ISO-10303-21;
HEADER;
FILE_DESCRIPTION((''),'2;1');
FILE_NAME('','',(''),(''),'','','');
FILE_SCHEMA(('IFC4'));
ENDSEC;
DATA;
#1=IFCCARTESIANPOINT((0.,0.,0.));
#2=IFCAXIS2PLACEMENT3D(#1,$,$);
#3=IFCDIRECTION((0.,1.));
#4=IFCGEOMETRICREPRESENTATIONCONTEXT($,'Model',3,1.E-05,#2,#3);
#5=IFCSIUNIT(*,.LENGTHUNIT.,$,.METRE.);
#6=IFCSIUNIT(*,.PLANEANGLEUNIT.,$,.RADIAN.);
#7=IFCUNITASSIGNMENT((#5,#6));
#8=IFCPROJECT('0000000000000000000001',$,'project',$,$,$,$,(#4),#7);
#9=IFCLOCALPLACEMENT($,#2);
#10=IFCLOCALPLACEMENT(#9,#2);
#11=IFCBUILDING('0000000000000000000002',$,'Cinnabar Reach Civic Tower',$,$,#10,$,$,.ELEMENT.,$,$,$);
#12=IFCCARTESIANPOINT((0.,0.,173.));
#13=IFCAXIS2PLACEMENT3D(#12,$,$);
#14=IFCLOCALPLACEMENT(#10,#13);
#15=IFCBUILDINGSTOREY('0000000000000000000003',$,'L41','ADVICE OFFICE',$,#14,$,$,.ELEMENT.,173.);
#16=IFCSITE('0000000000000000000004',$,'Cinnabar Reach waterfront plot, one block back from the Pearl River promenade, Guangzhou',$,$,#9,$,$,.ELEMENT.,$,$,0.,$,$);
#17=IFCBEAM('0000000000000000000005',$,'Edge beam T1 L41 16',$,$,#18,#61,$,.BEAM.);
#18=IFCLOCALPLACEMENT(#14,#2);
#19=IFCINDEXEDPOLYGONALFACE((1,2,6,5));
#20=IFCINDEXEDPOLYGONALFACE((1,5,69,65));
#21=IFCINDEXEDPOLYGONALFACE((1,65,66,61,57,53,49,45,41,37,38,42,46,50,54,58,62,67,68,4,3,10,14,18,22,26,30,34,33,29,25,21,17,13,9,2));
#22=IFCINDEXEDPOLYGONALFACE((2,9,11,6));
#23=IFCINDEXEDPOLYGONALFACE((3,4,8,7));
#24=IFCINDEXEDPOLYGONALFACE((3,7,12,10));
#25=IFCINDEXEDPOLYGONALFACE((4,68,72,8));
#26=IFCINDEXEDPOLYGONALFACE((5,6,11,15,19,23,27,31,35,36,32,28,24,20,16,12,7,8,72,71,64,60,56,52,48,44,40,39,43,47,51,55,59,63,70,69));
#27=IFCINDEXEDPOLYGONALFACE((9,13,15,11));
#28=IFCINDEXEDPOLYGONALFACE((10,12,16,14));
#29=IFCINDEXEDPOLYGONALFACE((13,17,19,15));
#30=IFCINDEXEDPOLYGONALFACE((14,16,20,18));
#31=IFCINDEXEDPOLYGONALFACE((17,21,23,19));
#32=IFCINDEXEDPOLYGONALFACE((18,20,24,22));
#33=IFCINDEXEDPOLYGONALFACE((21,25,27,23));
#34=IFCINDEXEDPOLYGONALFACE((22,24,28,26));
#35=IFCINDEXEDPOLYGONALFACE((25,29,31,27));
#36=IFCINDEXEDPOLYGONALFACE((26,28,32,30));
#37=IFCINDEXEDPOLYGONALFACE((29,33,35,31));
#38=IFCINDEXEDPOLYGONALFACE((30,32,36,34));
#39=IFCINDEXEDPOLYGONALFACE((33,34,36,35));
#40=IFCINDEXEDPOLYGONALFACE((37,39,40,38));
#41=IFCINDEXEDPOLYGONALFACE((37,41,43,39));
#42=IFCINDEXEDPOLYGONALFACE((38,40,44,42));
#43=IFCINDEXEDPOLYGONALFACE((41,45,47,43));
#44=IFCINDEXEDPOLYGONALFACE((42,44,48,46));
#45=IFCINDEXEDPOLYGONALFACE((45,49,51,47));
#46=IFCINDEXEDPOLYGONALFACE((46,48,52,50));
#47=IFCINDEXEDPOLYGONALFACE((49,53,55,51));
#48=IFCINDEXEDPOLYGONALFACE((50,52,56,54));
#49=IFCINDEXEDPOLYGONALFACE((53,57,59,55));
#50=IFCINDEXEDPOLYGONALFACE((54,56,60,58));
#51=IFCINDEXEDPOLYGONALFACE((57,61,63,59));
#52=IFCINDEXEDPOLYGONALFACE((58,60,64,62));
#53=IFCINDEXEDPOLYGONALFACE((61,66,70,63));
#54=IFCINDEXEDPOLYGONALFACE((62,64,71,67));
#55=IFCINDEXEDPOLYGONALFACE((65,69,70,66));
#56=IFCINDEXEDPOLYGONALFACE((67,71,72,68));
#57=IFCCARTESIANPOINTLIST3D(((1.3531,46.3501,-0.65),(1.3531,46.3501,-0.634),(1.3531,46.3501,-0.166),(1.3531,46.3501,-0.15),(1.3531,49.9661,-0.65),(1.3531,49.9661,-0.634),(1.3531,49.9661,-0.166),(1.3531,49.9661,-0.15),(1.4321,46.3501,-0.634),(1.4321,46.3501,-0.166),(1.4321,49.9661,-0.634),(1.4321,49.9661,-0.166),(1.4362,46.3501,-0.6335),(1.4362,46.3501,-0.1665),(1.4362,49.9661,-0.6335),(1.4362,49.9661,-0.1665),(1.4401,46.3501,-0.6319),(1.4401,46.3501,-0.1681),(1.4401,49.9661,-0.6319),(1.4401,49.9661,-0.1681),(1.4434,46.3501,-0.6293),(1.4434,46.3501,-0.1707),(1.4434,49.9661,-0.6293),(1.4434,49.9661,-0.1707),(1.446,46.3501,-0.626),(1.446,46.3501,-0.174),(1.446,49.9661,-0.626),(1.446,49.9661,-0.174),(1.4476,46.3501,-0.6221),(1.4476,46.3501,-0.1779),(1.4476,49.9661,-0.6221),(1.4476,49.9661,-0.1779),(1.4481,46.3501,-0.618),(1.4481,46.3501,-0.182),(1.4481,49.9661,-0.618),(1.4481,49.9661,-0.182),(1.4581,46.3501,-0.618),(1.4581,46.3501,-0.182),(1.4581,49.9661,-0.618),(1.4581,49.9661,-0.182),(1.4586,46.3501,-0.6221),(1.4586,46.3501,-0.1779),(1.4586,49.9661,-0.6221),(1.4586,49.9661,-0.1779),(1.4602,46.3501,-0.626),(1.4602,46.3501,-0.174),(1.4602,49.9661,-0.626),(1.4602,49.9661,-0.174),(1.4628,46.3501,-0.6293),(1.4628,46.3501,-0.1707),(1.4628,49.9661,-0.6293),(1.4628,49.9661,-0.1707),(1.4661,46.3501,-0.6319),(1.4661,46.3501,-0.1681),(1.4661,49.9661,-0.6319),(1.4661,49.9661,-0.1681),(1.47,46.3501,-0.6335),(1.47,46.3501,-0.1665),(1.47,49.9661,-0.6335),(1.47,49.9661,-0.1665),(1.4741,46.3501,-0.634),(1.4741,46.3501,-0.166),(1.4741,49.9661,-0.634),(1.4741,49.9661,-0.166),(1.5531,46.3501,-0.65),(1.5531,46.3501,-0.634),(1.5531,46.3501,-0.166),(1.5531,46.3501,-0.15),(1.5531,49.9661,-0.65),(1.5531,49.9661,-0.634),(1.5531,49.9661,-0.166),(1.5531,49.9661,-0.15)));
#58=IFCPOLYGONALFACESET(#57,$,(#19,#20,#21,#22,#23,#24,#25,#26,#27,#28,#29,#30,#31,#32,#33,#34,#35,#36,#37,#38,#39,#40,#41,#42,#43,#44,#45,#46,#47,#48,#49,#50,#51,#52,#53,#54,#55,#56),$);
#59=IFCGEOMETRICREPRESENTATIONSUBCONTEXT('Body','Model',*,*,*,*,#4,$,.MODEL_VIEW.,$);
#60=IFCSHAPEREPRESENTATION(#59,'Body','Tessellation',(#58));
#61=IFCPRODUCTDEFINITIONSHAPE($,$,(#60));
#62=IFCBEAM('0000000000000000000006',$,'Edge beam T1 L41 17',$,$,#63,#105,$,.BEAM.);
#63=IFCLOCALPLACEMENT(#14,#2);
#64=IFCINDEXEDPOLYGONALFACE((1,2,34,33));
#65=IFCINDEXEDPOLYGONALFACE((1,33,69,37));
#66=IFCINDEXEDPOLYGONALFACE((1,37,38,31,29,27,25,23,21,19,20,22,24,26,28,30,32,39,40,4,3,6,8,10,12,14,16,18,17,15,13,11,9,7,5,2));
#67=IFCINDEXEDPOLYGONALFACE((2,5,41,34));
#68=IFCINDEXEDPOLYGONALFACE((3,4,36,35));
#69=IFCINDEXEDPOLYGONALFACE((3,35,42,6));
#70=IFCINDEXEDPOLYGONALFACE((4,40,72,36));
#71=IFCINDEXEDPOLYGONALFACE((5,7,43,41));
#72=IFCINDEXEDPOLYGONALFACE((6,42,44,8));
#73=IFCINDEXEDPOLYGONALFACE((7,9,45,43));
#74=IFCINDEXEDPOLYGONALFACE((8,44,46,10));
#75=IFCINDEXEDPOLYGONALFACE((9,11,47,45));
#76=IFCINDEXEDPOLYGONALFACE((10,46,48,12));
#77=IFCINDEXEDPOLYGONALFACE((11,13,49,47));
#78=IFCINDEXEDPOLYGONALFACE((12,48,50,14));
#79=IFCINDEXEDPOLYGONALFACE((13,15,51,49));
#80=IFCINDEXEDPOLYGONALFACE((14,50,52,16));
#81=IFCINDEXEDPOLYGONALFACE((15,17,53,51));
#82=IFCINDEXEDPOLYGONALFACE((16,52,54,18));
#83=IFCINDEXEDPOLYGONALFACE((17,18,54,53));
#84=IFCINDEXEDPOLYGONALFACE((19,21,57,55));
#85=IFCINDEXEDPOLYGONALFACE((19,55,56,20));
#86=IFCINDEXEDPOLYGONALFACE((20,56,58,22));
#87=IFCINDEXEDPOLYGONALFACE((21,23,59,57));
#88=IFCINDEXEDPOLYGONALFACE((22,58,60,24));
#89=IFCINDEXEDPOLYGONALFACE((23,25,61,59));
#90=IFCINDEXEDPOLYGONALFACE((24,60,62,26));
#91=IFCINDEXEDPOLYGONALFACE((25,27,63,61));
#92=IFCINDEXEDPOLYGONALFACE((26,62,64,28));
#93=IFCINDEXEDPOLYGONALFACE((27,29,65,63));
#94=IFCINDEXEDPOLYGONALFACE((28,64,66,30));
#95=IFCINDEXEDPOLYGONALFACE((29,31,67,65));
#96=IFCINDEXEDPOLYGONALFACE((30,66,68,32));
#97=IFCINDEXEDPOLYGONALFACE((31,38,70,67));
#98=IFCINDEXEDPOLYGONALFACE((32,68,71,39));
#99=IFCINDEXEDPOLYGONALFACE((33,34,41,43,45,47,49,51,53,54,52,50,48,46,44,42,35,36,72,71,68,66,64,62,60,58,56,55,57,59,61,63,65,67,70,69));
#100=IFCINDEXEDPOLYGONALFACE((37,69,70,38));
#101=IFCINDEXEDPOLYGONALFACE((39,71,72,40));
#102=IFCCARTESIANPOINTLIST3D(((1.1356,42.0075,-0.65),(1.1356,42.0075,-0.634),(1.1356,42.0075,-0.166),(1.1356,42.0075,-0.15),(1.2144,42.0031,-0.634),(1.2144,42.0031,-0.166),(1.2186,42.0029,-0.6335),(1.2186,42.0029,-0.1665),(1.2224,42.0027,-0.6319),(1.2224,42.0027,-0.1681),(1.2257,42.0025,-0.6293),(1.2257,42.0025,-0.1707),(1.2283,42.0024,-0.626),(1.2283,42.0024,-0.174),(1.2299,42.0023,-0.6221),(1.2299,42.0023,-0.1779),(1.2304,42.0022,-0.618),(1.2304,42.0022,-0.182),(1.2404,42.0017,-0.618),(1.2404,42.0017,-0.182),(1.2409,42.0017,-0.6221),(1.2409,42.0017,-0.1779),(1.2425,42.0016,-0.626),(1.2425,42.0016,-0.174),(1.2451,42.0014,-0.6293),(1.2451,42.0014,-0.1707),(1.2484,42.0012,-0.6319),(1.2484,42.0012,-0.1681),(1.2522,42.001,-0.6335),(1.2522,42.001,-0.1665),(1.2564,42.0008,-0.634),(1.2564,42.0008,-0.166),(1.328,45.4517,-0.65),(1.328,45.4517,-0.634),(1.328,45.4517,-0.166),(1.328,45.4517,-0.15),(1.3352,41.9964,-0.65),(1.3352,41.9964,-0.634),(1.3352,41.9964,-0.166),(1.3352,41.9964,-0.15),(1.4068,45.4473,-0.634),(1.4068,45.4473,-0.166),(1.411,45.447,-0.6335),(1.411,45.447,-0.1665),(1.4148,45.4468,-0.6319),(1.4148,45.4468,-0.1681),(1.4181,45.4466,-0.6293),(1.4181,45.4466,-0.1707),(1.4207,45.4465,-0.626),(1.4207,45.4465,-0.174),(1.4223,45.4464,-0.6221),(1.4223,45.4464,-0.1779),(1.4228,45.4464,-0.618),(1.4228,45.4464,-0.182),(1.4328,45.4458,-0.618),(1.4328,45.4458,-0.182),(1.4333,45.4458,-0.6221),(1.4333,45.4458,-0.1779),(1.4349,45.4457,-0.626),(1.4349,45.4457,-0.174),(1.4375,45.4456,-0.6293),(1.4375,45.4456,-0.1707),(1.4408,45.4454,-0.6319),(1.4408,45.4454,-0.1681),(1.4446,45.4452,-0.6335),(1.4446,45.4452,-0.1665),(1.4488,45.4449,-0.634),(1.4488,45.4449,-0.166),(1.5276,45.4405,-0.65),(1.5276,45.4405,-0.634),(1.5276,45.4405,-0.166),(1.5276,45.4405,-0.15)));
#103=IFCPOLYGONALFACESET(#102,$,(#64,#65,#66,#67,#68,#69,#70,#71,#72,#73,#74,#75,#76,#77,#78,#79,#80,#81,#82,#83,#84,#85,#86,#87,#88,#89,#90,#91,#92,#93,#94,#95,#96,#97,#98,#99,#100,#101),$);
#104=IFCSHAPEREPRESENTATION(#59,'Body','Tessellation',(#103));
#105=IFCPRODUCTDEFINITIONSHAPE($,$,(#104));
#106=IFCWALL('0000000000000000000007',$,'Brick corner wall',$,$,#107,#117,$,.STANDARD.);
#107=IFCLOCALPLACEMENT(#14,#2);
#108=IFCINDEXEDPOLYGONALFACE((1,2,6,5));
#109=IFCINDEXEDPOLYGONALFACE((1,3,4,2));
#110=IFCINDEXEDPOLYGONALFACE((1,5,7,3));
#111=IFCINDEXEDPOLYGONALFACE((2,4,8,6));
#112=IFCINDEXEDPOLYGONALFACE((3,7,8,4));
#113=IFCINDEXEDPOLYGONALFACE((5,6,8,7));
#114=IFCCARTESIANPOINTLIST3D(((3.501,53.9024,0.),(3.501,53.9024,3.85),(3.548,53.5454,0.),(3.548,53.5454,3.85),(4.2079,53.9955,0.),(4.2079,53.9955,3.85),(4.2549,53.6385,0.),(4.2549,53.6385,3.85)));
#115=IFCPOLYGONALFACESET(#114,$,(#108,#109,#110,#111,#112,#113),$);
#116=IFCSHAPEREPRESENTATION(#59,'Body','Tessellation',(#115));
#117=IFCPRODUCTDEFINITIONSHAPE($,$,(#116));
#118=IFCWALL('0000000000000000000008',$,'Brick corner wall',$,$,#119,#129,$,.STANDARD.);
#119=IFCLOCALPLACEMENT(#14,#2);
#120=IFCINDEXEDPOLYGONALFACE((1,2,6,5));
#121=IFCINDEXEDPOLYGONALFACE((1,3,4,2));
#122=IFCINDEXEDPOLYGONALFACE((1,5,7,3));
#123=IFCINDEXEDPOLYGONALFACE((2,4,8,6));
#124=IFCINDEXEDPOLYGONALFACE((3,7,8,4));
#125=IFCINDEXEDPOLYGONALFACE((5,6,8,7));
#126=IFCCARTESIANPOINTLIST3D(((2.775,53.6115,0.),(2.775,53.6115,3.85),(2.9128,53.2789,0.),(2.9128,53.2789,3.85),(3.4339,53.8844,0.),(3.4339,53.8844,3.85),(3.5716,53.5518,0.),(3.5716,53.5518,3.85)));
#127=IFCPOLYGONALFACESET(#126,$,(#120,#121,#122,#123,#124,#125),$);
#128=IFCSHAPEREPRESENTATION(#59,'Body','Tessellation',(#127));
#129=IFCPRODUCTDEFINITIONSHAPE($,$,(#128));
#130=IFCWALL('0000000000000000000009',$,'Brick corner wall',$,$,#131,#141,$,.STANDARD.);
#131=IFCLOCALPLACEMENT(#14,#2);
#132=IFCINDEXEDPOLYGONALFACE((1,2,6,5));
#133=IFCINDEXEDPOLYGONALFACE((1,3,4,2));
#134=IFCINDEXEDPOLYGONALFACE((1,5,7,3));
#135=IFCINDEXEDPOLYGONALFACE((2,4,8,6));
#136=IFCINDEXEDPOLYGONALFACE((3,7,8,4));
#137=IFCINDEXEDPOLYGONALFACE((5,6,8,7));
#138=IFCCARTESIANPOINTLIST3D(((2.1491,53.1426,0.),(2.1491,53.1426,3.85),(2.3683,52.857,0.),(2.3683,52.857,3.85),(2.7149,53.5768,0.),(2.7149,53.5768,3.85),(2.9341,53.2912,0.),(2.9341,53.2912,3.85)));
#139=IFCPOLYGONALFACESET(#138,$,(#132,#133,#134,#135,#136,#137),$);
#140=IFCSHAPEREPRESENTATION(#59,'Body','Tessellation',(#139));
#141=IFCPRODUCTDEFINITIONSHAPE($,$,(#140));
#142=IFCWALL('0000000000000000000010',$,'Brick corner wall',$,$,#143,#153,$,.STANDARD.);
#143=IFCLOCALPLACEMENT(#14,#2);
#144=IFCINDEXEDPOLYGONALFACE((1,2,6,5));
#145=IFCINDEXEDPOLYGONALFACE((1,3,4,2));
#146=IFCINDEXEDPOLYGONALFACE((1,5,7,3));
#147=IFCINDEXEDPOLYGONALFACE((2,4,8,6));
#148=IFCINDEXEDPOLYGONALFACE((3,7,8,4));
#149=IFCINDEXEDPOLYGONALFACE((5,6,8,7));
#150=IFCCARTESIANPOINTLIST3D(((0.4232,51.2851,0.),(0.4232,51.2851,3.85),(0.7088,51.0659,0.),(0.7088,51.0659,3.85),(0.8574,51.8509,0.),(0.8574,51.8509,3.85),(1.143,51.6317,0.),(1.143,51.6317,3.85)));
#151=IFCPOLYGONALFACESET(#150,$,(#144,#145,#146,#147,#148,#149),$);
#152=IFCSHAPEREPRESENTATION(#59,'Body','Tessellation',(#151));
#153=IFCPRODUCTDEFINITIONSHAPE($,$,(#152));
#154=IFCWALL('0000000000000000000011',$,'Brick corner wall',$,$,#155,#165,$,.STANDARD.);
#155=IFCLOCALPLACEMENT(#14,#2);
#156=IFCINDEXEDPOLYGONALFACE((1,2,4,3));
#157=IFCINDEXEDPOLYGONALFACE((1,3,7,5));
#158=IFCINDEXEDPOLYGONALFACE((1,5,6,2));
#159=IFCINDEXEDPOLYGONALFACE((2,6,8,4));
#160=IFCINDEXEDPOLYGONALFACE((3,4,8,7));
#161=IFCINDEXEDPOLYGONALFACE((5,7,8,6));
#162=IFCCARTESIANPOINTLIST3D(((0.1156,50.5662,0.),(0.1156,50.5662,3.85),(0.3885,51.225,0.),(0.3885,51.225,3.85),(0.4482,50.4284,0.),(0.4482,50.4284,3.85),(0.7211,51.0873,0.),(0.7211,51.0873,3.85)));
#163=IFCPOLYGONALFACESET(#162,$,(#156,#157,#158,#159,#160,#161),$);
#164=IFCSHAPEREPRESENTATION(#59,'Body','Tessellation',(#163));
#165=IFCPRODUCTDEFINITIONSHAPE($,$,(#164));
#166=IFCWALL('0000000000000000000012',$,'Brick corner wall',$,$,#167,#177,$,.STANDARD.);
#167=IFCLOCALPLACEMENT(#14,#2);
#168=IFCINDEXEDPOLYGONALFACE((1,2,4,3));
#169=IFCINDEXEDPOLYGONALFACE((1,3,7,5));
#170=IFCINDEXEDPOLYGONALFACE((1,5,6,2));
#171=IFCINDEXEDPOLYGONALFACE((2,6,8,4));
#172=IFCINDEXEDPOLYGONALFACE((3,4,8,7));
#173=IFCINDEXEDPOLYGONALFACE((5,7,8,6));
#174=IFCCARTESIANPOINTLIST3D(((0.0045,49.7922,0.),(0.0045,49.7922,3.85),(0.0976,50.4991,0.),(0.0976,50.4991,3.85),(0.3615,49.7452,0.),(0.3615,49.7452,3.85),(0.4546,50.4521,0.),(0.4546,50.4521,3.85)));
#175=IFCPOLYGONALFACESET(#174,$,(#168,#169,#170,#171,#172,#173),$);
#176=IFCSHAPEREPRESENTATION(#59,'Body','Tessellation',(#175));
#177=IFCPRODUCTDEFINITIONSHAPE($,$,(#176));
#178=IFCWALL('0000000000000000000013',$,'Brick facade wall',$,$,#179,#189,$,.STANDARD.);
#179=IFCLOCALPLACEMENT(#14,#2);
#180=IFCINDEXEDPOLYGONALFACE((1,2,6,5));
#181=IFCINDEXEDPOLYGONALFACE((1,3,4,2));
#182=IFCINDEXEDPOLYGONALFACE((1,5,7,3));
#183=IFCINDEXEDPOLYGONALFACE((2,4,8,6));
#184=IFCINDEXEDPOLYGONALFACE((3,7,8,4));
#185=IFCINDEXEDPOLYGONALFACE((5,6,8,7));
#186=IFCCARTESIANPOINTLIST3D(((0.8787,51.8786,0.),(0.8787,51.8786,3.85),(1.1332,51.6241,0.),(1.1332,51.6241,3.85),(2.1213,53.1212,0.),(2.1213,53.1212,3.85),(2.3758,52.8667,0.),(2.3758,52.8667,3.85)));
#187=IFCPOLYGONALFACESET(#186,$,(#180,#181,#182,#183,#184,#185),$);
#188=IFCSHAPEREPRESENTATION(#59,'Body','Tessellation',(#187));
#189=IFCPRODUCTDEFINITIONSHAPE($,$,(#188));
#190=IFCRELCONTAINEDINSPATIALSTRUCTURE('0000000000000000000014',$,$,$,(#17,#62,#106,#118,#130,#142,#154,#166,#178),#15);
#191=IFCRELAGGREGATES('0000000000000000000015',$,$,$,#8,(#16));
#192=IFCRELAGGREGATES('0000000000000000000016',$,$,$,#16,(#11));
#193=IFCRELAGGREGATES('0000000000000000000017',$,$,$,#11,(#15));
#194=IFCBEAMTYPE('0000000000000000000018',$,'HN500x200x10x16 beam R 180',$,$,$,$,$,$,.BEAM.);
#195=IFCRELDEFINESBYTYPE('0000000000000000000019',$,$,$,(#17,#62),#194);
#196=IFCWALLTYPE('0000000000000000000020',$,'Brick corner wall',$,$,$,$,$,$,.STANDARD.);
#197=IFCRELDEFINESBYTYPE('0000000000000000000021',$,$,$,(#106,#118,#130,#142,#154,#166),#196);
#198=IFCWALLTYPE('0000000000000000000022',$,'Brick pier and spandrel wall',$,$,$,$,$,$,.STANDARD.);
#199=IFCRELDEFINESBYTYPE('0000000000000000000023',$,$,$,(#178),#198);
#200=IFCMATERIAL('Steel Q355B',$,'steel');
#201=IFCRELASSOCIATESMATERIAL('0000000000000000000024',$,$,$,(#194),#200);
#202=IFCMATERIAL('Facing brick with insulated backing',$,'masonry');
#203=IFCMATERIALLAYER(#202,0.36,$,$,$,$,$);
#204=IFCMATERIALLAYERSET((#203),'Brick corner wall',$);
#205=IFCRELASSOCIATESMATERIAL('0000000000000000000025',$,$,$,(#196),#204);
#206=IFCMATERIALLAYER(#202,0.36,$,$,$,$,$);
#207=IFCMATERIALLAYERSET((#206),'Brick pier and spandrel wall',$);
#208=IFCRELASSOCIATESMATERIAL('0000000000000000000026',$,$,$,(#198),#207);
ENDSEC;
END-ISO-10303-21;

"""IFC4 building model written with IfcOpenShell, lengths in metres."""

from ifc_helpers import new_model, si_unit, direction, frame, frame_2d, origin, origin_2d, place, context, subcontext, project, spatial, rectangle, i_section, extrude, material, layer, layer_set, material_profile, profile_set, type_object, element, save


model = new_model("IFC4")

# Units and contexts
model_context = context("Model", 3, precision=1e-05, world=origin(), true_north=direction((0.0, 1.0)))
body_context = subcontext(model_context, "Body", "Model", "MODEL_VIEW")
ifc_project = project(units=[si_unit("LENGTHUNIT", "METRE"), si_unit("PLANEANGLEUNIT", "RADIAN")], contexts=[model_context])

# Site, building, storey
site_placement = place(None, origin())
site = spatial("IfcSite", under=ifc_project, at=site_placement, Name="Cinnabar Reach waterfront plot, one block back from the Pearl River promenade, Guangzhou", CompositionType="ELEMENT", RefElevation=0.0)
building_placement = place(site_placement, origin())
building = spatial("IfcBuilding", under=site, at=building_placement, Name="Cinnabar Reach Civic Tower", CompositionType="ELEMENT")
storey_placement = place(building_placement, frame((0.0, 0.0, 173.0)))
storey = spatial("IfcBuildingStorey", under=building, at=storey_placement, Name="L41", Description="ADVICE OFFICE", CompositionType="ELEMENT", Elevation=173.0)

# Beams
ifc_material_1 = material(Name="Steel Q355B", Category="steel")
ifc_material_profile_1 = material_profile(ifc_material_1, i_section(OverallWidth=0.2, OverallDepth=0.5, WebThickness=0.01, FlangeThickness=0.016, FilletRadius=0.016, at=origin_2d()), Name="HN500x200x10x16")
ifc_profile_set_1 = profile_set([ifc_material_profile_1], Name="Steel Q355B")
beam_type_1 = type_object("IfcBeamType", Name="HN500x200x10x16 beam R 180", PredefinedType="BEAM", material=ifc_profile_set_1)
beam_1_placement = place(storey_placement, frame((1.4531, 49.9661, -0.4), z_axis=(0.0, -1.0, 0.0), x_axis=(1.0, 0.0, 0.0)))
element("IfcBeam", 1, at=beam_1_placement, inside=storey, type_object=beam_type_1, Name="Edge beam T1 L41 16", PredefinedType="BEAM", context=body_context, shape_type="SweptSolid", body=[
    extrude(i_section(OverallWidth=0.2, OverallDepth=0.5, WebThickness=0.01, FlangeThickness=0.016, FilletRadius=0.016, at=origin_2d()), origin(), (0.0, 0.0, 1.0), 3.616),
])
beam_2_placement = place(storey_placement, frame((1.4278, 45.4461, -0.4), z_axis=(-0.055777, -0.998443, 0.0), x_axis=(0.998443, -0.055777, 0.0)))
element("IfcBeam", 2, at=beam_2_placement, inside=storey, type_object=beam_type_1, Name="Edge beam T1 L41 17", PredefinedType="BEAM", context=body_context, shape_type="SweptSolid", body=[
    extrude(i_section(OverallWidth=0.2, OverallDepth=0.5, WebThickness=0.01, FlangeThickness=0.016, FilletRadius=0.016, at=origin_2d()), origin(), (0.0, 0.0, 1.0), 3.4495),
])

# Walls
ifc_material_2 = material(Name="Facing brick with insulated backing", Category="masonry")
ifc_layer_1 = layer(ifc_material_2, 0.36)
ifc_layer_set_1 = layer_set([ifc_layer_1], Name="Brick corner wall")
wall_type_1 = type_object("IfcWallType", Name="Brick corner wall", PredefinedType="STANDARD", material=ifc_layer_set_1)
for number, where, z_axis, x_axis, name in (
    (3, (4.2314, 53.817, 0.0), (0.0, 0.0, 1.0), (-0.991441, -0.130556, 0.0), "Brick corner wall"),
    (4, (3.5027, 53.7181, 0.0), (0.0, 0.0, 1.0), (-0.923872, -0.382703, 0.0), "Brick corner wall"),
):
    element("IfcWall", number, at=place(storey_placement, frame(where, z_axis=z_axis, x_axis=x_axis)), inside=storey, type_object=wall_type_1, Name=name, PredefinedType="STANDARD", context=body_context, shape_type="SweptSolid", body=[
        extrude(rectangle(XDim=0.7131, YDim=0.36, at=frame_2d((0.3565, 0.0))), origin(), (0.0, 0.0, 1.0), 3.85),
    ])
for number, where, z_axis, x_axis, name in (
    (5, (2.8245, 53.434, 0.0), (0.0, 0.0, 1.0), (-0.793322, -0.608802, 0.0), "Brick corner wall"),
    (6, (1.0002, 51.7413, 0.0), (0.0, 0.0, 1.0), (-0.608802, -0.793322, 0.0), "Brick corner wall"),
):
    element("IfcWall", number, at=place(storey_placement, frame(where, z_axis=z_axis, x_axis=x_axis)), inside=storey, type_object=wall_type_1, Name=name, PredefinedType="STANDARD", context=body_context, shape_type="SweptSolid", body=[
        extrude(rectangle(XDim=0.7132, YDim=0.36, at=frame_2d((0.3566, 0.0))), origin(), (0.0, 0.0, 1.0), 3.85),
    ])
for number, where, z_axis, x_axis, name in (
    (7, (0.5548, 51.1561, 0.0), (0.0, 0.0, 1.0), (-0.382703, -0.923872, 0.0), "Brick corner wall"),
    (8, (0.2761, 50.4756, 0.0), (0.0, 0.0, 1.0), (-0.130556, -0.991441, 0.0), "Brick corner wall"),
):
    element("IfcWall", number, at=place(storey_placement, frame(where, z_axis=z_axis, x_axis=x_axis)), inside=storey, type_object=wall_type_1, Name=name, PredefinedType="STANDARD", context=body_context, shape_type="SweptSolid", body=[
        extrude(rectangle(XDim=0.7131, YDim=0.36, at=frame_2d((0.3565, 0.0))), origin(), (0.0, 0.0, 1.0), 3.85),
    ])
ifc_layer_2 = layer(ifc_material_2, 0.36)
ifc_layer_set_2 = layer_set([ifc_layer_2], Name="Brick pier and spandrel wall")
wall_type_2 = type_object("IfcWallType", Name="Brick pier and spandrel wall", PredefinedType="STANDARD", material=ifc_layer_set_2)
wall_1_placement = place(storey_placement, frame((2.2486, 52.994, 0.0), z_axis=(0.0, 0.0, 1.0), x_axis=(-0.707107, -0.707107, 0.0)))
element("IfcWall", 9, at=wall_1_placement, inside=storey, type_object=wall_type_2, Name="Brick facade wall", PredefinedType="STANDARD", context=body_context, shape_type="SweptSolid", body=[
    extrude(rectangle(XDim=1.7573, YDim=0.36, at=frame_2d((0.8787, 0.0))), origin(), (0.0, 0.0, 1.0), 3.85),
])

save(model, "model.ifc")
